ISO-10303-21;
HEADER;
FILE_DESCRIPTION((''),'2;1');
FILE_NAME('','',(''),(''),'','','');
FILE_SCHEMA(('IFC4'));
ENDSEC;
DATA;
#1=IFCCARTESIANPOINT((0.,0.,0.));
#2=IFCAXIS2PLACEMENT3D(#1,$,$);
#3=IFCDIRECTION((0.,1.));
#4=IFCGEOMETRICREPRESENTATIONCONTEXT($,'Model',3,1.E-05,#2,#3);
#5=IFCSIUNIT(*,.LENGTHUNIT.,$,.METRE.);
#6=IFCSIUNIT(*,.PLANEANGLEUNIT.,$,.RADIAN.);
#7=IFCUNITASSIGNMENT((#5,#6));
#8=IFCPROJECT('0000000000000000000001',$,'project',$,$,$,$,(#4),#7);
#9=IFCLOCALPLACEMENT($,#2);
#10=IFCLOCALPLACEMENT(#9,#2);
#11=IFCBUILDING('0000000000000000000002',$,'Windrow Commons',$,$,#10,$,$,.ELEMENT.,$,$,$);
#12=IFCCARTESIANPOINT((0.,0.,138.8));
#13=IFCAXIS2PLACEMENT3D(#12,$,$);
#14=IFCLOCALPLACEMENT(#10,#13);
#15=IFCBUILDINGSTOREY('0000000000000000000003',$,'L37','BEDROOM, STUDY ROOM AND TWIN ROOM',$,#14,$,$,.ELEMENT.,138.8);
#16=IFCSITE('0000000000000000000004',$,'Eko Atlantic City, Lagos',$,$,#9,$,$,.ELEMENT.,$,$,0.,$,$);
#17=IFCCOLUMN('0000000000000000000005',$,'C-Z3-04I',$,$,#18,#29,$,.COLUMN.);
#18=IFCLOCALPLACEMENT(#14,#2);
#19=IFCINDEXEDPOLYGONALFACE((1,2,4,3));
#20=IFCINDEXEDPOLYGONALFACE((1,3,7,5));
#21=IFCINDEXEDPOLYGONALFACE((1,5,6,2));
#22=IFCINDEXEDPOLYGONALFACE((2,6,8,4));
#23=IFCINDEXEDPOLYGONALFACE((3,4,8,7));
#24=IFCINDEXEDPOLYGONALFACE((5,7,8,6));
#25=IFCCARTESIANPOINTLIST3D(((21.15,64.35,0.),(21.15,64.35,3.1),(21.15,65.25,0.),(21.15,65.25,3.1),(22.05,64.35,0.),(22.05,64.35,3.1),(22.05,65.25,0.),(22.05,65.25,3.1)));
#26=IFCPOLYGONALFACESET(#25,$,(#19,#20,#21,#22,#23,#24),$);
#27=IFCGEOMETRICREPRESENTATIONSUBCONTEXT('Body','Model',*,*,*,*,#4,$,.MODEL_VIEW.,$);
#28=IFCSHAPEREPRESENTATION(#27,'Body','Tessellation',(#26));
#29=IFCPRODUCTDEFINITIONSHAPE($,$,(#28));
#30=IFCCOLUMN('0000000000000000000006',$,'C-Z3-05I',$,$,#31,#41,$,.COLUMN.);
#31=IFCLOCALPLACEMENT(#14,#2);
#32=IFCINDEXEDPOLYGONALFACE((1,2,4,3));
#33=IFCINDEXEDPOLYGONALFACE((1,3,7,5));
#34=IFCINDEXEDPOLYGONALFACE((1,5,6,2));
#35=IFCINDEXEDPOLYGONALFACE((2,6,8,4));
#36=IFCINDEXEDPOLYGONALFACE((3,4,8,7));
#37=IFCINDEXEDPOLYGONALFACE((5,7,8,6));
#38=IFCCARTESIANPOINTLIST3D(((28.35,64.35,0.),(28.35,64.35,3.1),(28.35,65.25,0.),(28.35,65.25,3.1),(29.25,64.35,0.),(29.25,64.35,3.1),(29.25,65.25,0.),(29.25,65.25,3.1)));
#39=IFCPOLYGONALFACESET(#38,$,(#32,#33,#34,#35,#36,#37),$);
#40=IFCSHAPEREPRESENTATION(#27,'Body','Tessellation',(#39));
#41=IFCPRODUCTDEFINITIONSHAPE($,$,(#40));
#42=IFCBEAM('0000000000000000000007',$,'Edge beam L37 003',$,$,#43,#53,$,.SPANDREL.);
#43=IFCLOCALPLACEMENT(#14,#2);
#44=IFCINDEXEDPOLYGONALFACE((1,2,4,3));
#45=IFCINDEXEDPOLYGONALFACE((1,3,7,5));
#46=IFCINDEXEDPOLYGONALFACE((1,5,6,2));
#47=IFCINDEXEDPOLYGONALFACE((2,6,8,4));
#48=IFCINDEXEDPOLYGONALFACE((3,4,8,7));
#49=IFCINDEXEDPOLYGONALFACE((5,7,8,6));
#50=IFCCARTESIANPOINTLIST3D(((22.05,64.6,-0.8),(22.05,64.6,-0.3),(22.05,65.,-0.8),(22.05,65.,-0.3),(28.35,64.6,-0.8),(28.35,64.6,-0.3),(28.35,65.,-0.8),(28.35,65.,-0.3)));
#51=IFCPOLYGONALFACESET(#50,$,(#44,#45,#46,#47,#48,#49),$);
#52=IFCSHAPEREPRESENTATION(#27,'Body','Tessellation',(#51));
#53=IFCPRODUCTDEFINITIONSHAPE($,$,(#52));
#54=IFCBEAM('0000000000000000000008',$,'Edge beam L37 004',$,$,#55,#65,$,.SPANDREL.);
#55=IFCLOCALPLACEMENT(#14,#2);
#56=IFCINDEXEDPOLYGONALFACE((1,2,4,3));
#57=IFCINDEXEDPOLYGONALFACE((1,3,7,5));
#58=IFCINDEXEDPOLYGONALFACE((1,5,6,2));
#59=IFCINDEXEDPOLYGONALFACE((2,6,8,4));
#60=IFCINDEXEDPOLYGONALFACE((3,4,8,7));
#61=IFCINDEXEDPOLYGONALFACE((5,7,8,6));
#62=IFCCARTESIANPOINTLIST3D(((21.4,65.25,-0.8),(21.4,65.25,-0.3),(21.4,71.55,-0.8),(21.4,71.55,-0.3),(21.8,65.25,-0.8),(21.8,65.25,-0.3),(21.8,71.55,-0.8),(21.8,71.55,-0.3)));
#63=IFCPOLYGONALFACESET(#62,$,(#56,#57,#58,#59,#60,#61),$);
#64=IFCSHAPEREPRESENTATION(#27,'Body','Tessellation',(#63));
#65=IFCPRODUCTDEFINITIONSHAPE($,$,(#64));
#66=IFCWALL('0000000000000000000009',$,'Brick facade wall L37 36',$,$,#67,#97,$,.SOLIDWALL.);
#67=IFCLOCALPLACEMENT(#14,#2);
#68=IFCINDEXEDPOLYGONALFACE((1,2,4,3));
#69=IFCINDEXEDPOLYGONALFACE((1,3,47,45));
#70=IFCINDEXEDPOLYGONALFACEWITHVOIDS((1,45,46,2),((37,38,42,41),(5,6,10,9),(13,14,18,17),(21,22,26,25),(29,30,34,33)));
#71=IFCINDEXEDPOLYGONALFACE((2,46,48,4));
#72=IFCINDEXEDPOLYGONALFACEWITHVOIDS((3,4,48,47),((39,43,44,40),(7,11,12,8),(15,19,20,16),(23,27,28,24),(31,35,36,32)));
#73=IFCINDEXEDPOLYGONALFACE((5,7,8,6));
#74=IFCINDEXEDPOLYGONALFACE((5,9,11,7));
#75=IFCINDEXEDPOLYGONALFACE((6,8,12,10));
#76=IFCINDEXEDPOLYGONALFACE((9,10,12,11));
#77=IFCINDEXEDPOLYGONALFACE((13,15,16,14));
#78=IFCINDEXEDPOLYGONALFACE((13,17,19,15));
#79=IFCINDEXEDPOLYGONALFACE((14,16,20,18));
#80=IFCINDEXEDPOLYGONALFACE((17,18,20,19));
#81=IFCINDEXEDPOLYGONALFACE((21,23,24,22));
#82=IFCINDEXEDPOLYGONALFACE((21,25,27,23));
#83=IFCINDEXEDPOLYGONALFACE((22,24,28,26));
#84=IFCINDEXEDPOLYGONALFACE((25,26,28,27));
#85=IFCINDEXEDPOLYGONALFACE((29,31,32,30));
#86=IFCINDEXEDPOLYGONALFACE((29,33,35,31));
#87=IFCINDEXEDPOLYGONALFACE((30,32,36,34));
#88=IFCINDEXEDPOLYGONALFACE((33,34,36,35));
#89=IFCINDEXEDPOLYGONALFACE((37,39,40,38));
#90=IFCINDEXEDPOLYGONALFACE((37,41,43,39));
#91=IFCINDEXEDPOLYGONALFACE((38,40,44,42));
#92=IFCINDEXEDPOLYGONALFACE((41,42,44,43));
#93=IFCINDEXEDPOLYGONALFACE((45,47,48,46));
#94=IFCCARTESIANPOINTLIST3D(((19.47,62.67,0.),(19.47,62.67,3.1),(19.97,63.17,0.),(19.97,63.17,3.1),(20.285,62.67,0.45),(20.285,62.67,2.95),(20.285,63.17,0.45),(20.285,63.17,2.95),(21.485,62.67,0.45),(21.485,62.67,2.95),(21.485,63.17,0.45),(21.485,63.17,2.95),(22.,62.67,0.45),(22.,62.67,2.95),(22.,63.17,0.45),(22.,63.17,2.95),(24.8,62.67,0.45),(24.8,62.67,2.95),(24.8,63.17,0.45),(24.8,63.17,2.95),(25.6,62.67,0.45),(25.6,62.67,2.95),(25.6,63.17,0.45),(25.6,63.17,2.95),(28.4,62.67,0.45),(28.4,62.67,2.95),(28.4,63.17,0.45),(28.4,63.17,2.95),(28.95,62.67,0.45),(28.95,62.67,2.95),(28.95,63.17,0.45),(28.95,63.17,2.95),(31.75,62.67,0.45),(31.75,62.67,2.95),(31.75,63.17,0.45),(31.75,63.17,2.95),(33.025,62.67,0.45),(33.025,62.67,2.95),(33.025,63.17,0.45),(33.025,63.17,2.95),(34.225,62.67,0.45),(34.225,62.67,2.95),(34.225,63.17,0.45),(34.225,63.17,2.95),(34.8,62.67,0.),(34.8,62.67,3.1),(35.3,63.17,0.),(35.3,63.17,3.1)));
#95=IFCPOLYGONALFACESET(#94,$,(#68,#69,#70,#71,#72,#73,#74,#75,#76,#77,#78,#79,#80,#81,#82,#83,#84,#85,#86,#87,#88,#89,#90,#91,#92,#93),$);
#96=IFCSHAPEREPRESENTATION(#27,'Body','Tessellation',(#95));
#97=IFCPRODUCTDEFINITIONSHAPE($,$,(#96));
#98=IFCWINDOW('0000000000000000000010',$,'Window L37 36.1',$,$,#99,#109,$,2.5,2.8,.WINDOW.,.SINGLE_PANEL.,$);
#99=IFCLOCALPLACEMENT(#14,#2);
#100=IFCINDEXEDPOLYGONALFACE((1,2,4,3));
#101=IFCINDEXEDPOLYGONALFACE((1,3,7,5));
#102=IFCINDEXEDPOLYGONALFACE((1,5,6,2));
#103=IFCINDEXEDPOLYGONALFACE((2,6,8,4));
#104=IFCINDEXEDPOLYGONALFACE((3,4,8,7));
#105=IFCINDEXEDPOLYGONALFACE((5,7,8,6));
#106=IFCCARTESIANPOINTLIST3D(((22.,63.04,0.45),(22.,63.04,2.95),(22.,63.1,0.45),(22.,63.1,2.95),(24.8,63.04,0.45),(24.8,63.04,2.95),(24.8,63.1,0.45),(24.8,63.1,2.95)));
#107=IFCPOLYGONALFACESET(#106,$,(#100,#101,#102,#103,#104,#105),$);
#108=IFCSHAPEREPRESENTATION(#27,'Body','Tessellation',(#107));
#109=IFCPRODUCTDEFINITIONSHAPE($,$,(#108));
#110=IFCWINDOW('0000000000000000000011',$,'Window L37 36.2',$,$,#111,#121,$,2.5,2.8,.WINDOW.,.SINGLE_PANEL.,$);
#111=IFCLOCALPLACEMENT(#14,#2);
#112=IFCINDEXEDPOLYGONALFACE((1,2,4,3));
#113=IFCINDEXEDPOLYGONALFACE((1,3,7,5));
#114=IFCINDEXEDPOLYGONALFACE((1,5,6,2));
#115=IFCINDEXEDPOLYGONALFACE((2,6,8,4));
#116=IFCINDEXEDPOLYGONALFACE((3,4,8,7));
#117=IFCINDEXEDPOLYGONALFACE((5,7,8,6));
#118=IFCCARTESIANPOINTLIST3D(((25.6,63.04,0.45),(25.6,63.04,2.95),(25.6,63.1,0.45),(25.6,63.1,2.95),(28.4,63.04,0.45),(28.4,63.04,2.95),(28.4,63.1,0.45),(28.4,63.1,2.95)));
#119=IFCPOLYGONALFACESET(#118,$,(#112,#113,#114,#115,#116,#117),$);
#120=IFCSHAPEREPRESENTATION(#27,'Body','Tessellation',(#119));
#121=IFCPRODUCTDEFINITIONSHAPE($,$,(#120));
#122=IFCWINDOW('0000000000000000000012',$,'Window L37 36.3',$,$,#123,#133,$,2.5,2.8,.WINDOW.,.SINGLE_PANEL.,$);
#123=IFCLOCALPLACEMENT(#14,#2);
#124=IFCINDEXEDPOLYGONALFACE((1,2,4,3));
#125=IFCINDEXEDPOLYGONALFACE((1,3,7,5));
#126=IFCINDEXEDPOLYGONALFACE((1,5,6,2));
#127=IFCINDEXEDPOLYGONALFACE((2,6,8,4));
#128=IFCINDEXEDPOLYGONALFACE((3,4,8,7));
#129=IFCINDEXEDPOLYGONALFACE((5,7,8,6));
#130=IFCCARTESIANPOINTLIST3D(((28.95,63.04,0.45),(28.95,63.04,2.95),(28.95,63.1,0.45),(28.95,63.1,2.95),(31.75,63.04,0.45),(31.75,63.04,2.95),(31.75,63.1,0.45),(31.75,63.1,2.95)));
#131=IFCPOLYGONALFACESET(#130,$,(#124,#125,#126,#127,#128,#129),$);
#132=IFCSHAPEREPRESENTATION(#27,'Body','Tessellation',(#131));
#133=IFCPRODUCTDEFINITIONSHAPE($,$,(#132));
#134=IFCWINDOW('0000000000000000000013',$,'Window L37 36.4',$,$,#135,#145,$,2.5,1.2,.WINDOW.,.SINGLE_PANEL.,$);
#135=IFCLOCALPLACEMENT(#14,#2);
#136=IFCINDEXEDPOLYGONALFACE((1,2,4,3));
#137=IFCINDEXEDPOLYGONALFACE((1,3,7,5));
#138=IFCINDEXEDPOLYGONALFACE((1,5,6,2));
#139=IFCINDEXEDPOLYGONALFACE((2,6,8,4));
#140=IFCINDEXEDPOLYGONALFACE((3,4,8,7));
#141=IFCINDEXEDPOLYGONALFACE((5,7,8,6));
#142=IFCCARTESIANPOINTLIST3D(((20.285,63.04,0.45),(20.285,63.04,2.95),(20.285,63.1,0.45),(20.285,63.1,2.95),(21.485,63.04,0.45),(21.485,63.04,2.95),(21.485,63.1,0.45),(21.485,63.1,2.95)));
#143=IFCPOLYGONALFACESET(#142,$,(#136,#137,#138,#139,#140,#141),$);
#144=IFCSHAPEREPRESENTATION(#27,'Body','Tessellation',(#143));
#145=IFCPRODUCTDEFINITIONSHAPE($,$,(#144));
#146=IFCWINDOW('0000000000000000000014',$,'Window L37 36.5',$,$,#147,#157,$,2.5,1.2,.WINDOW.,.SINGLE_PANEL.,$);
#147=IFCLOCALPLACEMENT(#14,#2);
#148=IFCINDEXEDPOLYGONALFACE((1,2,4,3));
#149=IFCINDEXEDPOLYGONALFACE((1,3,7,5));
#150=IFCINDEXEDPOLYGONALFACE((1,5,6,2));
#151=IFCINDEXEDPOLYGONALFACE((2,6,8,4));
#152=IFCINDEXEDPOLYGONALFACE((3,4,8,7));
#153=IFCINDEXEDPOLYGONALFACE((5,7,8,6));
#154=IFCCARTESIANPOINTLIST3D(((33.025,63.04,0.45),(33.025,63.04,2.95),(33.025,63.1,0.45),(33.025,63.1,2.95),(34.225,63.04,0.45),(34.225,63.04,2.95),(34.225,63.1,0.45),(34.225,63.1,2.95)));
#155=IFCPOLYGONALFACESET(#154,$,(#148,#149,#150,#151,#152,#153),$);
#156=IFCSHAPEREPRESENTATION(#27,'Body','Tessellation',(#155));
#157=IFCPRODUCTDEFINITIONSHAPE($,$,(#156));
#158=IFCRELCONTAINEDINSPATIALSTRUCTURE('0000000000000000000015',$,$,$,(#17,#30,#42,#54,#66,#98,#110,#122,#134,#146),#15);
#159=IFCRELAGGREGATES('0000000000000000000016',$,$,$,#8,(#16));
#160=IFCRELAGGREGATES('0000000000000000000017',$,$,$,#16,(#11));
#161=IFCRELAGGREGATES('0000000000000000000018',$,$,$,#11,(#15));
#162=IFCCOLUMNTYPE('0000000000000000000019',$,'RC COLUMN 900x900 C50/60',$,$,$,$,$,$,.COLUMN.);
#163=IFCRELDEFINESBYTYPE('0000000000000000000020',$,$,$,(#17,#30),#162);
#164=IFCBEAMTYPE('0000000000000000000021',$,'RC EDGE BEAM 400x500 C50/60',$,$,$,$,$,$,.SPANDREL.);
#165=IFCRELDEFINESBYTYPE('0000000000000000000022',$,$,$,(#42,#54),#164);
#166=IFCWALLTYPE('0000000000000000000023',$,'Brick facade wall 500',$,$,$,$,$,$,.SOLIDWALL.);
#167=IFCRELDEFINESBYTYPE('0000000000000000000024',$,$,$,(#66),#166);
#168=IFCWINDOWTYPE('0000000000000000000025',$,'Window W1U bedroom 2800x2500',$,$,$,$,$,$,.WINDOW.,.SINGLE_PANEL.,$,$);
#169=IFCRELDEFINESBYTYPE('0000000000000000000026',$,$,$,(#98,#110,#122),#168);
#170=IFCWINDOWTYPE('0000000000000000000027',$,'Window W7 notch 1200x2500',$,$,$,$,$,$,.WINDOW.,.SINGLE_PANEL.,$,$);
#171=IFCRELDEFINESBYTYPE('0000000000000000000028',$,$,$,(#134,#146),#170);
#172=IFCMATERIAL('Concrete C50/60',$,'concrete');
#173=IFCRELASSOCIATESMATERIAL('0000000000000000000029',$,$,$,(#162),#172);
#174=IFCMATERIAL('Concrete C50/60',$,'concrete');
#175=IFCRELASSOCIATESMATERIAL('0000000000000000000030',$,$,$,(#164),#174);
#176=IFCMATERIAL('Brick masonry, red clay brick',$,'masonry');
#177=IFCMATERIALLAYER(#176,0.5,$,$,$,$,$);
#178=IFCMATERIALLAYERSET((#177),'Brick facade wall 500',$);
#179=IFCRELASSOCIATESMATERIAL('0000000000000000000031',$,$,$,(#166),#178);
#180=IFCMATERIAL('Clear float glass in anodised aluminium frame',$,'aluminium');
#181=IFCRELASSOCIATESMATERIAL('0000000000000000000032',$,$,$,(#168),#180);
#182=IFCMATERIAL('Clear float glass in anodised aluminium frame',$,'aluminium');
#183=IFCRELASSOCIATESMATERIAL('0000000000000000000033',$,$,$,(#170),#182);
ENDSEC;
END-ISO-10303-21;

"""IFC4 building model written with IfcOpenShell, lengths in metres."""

from ifc_helpers import new_model, si_unit, direction, frame, frame_2d, origin, origin_2d, place, context, subcontext, project, spatial, polyline, rectangle, outline, extrude, material, layer, layer_set, material_profile, profile_set, type_object, element, fill, save


model = new_model("IFC4")

# Units and contexts
model_context = context("Model", 3, precision=1e-05, world=origin(), true_north=direction((0.0, 1.0)))
body_context = subcontext(model_context, "Body", "Model", "MODEL_VIEW")
ifc_project = project(units=[si_unit("LENGTHUNIT", "METRE"), si_unit("PLANEANGLEUNIT", "RADIAN")], contexts=[model_context])

# Site, building, storey
site_placement = place(None, origin())
site = spatial("IfcSite", under=ifc_project, at=site_placement, Name="Eko Atlantic City, Lagos", CompositionType="ELEMENT", RefElevation=0.0)
building_placement = place(site_placement, origin())
building = spatial("IfcBuilding", under=site, at=building_placement, Name="Windrow Commons", CompositionType="ELEMENT")
storey_placement = place(building_placement, frame((0.0, 0.0, 138.8)))
storey = spatial("IfcBuildingStorey", under=building, at=storey_placement, Name="L37", Description="BEDROOM, STUDY ROOM AND TWIN ROOM", CompositionType="ELEMENT", Elevation=138.8)

# Columns
ifc_material_1 = material(Name="Concrete C50/60", Category="concrete")
ifc_material_profile_1 = material_profile(ifc_material_1, rectangle(XDim=0.9, YDim=0.9, at=origin_2d()))
ifc_profile_set_1 = profile_set([ifc_material_profile_1], Name="Concrete C50/60")
column_type = type_object("IfcColumnType", Name="RC COLUMN 900x900 C50/60", PredefinedType="COLUMN", material=ifc_profile_set_1)
for number, where, z_axis, x_axis, name in (
    (1, (21.6, 64.8, 0.0), (0.0, 0.0, 1.0), (1.0, 0.0, 0.0), "C-Z3-04I"),
    (2, (28.8, 64.8, 0.0), (0.0, 0.0, 1.0), (1.0, 0.0, 0.0), "C-Z3-05I"),
):
    element("IfcColumn", number, at=place(storey_placement, frame(where, z_axis=z_axis, x_axis=x_axis)), inside=storey, type_object=column_type, Name=name, PredefinedType="COLUMN", context=body_context, shape_type="SweptSolid", body=[
        extrude(rectangle(XDim=0.9, YDim=0.9, at=origin_2d()), origin(), (0.0, 0.0, 1.0), 3.1),
    ])

# Beams
ifc_material_2 = material(Name="Concrete C50/60", Category="concrete")
ifc_material_profile_2 = material_profile(ifc_material_2, rectangle(XDim=0.4, YDim=0.5, at=origin_2d()))
ifc_profile_set_2 = profile_set([ifc_material_profile_2], Name="Concrete C50/60")
beam_type = type_object("IfcBeamType", Name="RC EDGE BEAM 400x500 C50/60", PredefinedType="SPANDREL", material=ifc_profile_set_2)
for number, where, z_axis, x_axis, name in (
    (3, (28.35, 64.8, -0.55), (-1.0, 0.0, 0.0), (0.0, -1.0, 0.0), "Edge beam L37 003"),
    (4, (21.6, 65.25, -0.55), (0.0, 1.0, 0.0), (-1.0, 0.0, 0.0), "Edge beam L37 004"),
):
    element("IfcBeam", number, at=place(storey_placement, frame(where, z_axis=z_axis, x_axis=x_axis)), inside=storey, type_object=beam_type, Name=name, PredefinedType="SPANDREL", context=body_context, shape_type="SweptSolid", body=[
        extrude(rectangle(XDim=0.4, YDim=0.5, at=origin_2d()), origin(), (0.0, 0.0, 1.0), 6.3),
    ])

# Wall, openings, windows
ifc_material_3 = material(Name="Brick masonry, red clay brick", Category="masonry")
ifc_layer_1 = layer(ifc_material_3, 0.5)
ifc_layer_set_1 = layer_set([ifc_layer_1], Name="Brick facade wall 500")
wall_type_1 = type_object("IfcWallType", Name="Brick facade wall 500", PredefinedType="SOLIDWALL", material=ifc_layer_set_1)
wall_1_placement = place(storey_placement, frame((19.72, 62.92, 0.0), z_axis=(0.0, 0.0, 1.0), x_axis=(1.0, 0.0, 0.0)))
wall_1 = element("IfcWall", 5, at=wall_1_placement, inside=storey, type_object=wall_type_1, Name="Brick facade wall L37 36", PredefinedType="SOLIDWALL", context=body_context, shape_type="SweptSolid", body=[
    extrude(outline(polyline([(-0.25, -0.25), (15.08, -0.25), (15.58, 0.25), (0.25, 0.25), (-0.25, -0.25)])), origin(), (0.0, 0.0, 1.0), 3.1),
])
opening_1_placement = place(wall_1_placement, frame((2.28, 0.0, 0.45)))
opening_1 = element("IfcOpeningElement", 6, at=opening_1_placement, cuts=wall_1, PredefinedType="OPENING", context=body_context, shape_type="SweptSolid", body=[
    extrude(rectangle(XDim=2.8, YDim=2.5, at=frame_2d((1.4, 1.25))), frame((0.0, 0.26, 0.0), z_axis=(0.0, -1.0, 0.0), x_axis=(1.0, 0.0, 0.0)), (0.0, 0.0, 1.0), 0.52),
])
opening_2_placement = place(wall_1_placement, frame((5.88, 0.0, 0.45)))
opening_2 = element("IfcOpeningElement", 7, at=opening_2_placement, cuts=wall_1, PredefinedType="OPENING", context=body_context, shape_type="SweptSolid", body=[
    extrude(rectangle(XDim=2.8, YDim=2.5, at=frame_2d((1.4, 1.25))), frame((0.0, 0.26, 0.0), z_axis=(0.0, -1.0, 0.0), x_axis=(1.0, 0.0, 0.0)), (0.0, 0.0, 1.0), 0.52),
])
opening_3_placement = place(wall_1_placement, frame((9.23, 0.0, 0.45)))
opening_3 = element("IfcOpeningElement", 8, at=opening_3_placement, cuts=wall_1, PredefinedType="OPENING", context=body_context, shape_type="SweptSolid", body=[
    extrude(rectangle(XDim=2.8, YDim=2.5, at=frame_2d((1.4, 1.25))), frame((0.0, 0.26, 0.0), z_axis=(0.0, -1.0, 0.0), x_axis=(1.0, 0.0, 0.0)), (0.0, 0.0, 1.0), 0.52),
])
opening_4_placement = place(wall_1_placement, frame((0.565, 0.0, 0.45)))
opening_4 = element("IfcOpeningElement", 9, at=opening_4_placement, cuts=wall_1, PredefinedType="OPENING", context=body_context, shape_type="SweptSolid", body=[
    extrude(rectangle(XDim=1.2, YDim=2.5, at=frame_2d((0.6, 1.25))), frame((0.0, 0.26, 0.0), z_axis=(0.0, -1.0, 0.0), x_axis=(1.0, 0.0, 0.0)), (0.0, 0.0, 1.0), 0.52),
])
opening_5_placement = place(wall_1_placement, frame((13.305, 0.0, 0.45)))
opening_5 = element("IfcOpeningElement", 10, at=opening_5_placement, cuts=wall_1, PredefinedType="OPENING", context=body_context, shape_type="SweptSolid", body=[
    extrude(rectangle(XDim=1.2, YDim=2.5, at=frame_2d((0.6, 1.25))), frame((0.0, 0.26, 0.0), z_axis=(0.0, -1.0, 0.0), x_axis=(1.0, 0.0, 0.0)), (0.0, 0.0, 1.0), 0.52),
])
ifc_material_4 = material(Name="Clear float glass in anodised aluminium frame", Category="aluminium")
window_type_1 = type_object("IfcWindowType", Name="Window W1U bedroom 2800x2500", PartitioningType="SINGLE_PANEL", PredefinedType="WINDOW", material=ifc_material_4)
window_1_placement = place(opening_1_placement, origin())
window_1 = element("IfcWindow", 11, at=window_1_placement, inside=storey, type_object=window_type_1, Name="Window L37 36.1", OverallHeight=2.5, OverallWidth=2.8, PartitioningType="SINGLE_PANEL", PredefinedType="WINDOW", context=body_context, shape_type="SweptSolid", body=[
    extrude(rectangle(XDim=2.8, YDim=2.5, at=frame_2d((1.4, 1.25))), frame((0.0, 0.18, 0.0), z_axis=(0.0, -1.0, 0.0), x_axis=(1.0, 0.0, 0.0)), (0.0, 0.0, 1.0), 0.06),
])
fill(opening_1, window_1)
window_2_placement = place(opening_2_placement, origin())
window_2 = element("IfcWindow", 12, at=window_2_placement, inside=storey, type_object=window_type_1, Name="Window L37 36.2", OverallHeight=2.5, OverallWidth=2.8, PartitioningType="SINGLE_PANEL", PredefinedType="WINDOW", context=body_context, shape_type="SweptSolid", body=[
    extrude(rectangle(XDim=2.8, YDim=2.5, at=frame_2d((1.4, 1.25))), frame((0.0, 0.18, 0.0), z_axis=(0.0, -1.0, 0.0), x_axis=(1.0, 0.0, 0.0)), (0.0, 0.0, 1.0), 0.06),
])
fill(opening_2, window_2)
window_3_placement = place(opening_3_placement, origin())
window_3 = element("IfcWindow", 13, at=window_3_placement, inside=storey, type_object=window_type_1, Name="Window L37 36.3", OverallHeight=2.5, OverallWidth=2.8, PartitioningType="SINGLE_PANEL", PredefinedType="WINDOW", context=body_context, shape_type="SweptSolid", body=[
    extrude(rectangle(XDim=2.8, YDim=2.5, at=frame_2d((1.4, 1.25))), frame((0.0, 0.18, 0.0), z_axis=(0.0, -1.0, 0.0), x_axis=(1.0, 0.0, 0.0)), (0.0, 0.0, 1.0), 0.06),
])
fill(opening_3, window_3)
ifc_material_5 = material(Name="Clear float glass in anodised aluminium frame", Category="aluminium")
window_type_2 = type_object("IfcWindowType", Name="Window W7 notch 1200x2500", PartitioningType="SINGLE_PANEL", PredefinedType="WINDOW", material=ifc_material_5)
window_4_placement = place(opening_4_placement, origin())
window_4 = element("IfcWindow", 14, at=window_4_placement, inside=storey, type_object=window_type_2, Name="Window L37 36.4", OverallHeight=2.5, OverallWidth=1.2, PartitioningType="SINGLE_PANEL", PredefinedType="WINDOW", context=body_context, shape_type="SweptSolid", body=[
    extrude(rectangle(XDim=1.2, YDim=2.5, at=frame_2d((0.6, 1.25))), frame((0.0, 0.18, 0.0), z_axis=(0.0, -1.0, 0.0), x_axis=(1.0, 0.0, 0.0)), (0.0, 0.0, 1.0), 0.06),
])
fill(opening_4, window_4)
window_5_placement = place(opening_5_placement, origin())
window_5 = element("IfcWindow", 15, at=window_5_placement, inside=storey, type_object=window_type_2, Name="Window L37 36.5", OverallHeight=2.5, OverallWidth=1.2, PartitioningType="SINGLE_PANEL", PredefinedType="WINDOW", context=body_context, shape_type="SweptSolid", body=[
    extrude(rectangle(XDim=1.2, YDim=2.5, at=frame_2d((0.6, 1.25))), frame((0.0, 0.18, 0.0), z_axis=(0.0, -1.0, 0.0), x_axis=(1.0, 0.0, 0.0)), (0.0, 0.0, 1.0), 0.06),
])
fill(opening_5, window_5)

save(model, "model.ifc")
